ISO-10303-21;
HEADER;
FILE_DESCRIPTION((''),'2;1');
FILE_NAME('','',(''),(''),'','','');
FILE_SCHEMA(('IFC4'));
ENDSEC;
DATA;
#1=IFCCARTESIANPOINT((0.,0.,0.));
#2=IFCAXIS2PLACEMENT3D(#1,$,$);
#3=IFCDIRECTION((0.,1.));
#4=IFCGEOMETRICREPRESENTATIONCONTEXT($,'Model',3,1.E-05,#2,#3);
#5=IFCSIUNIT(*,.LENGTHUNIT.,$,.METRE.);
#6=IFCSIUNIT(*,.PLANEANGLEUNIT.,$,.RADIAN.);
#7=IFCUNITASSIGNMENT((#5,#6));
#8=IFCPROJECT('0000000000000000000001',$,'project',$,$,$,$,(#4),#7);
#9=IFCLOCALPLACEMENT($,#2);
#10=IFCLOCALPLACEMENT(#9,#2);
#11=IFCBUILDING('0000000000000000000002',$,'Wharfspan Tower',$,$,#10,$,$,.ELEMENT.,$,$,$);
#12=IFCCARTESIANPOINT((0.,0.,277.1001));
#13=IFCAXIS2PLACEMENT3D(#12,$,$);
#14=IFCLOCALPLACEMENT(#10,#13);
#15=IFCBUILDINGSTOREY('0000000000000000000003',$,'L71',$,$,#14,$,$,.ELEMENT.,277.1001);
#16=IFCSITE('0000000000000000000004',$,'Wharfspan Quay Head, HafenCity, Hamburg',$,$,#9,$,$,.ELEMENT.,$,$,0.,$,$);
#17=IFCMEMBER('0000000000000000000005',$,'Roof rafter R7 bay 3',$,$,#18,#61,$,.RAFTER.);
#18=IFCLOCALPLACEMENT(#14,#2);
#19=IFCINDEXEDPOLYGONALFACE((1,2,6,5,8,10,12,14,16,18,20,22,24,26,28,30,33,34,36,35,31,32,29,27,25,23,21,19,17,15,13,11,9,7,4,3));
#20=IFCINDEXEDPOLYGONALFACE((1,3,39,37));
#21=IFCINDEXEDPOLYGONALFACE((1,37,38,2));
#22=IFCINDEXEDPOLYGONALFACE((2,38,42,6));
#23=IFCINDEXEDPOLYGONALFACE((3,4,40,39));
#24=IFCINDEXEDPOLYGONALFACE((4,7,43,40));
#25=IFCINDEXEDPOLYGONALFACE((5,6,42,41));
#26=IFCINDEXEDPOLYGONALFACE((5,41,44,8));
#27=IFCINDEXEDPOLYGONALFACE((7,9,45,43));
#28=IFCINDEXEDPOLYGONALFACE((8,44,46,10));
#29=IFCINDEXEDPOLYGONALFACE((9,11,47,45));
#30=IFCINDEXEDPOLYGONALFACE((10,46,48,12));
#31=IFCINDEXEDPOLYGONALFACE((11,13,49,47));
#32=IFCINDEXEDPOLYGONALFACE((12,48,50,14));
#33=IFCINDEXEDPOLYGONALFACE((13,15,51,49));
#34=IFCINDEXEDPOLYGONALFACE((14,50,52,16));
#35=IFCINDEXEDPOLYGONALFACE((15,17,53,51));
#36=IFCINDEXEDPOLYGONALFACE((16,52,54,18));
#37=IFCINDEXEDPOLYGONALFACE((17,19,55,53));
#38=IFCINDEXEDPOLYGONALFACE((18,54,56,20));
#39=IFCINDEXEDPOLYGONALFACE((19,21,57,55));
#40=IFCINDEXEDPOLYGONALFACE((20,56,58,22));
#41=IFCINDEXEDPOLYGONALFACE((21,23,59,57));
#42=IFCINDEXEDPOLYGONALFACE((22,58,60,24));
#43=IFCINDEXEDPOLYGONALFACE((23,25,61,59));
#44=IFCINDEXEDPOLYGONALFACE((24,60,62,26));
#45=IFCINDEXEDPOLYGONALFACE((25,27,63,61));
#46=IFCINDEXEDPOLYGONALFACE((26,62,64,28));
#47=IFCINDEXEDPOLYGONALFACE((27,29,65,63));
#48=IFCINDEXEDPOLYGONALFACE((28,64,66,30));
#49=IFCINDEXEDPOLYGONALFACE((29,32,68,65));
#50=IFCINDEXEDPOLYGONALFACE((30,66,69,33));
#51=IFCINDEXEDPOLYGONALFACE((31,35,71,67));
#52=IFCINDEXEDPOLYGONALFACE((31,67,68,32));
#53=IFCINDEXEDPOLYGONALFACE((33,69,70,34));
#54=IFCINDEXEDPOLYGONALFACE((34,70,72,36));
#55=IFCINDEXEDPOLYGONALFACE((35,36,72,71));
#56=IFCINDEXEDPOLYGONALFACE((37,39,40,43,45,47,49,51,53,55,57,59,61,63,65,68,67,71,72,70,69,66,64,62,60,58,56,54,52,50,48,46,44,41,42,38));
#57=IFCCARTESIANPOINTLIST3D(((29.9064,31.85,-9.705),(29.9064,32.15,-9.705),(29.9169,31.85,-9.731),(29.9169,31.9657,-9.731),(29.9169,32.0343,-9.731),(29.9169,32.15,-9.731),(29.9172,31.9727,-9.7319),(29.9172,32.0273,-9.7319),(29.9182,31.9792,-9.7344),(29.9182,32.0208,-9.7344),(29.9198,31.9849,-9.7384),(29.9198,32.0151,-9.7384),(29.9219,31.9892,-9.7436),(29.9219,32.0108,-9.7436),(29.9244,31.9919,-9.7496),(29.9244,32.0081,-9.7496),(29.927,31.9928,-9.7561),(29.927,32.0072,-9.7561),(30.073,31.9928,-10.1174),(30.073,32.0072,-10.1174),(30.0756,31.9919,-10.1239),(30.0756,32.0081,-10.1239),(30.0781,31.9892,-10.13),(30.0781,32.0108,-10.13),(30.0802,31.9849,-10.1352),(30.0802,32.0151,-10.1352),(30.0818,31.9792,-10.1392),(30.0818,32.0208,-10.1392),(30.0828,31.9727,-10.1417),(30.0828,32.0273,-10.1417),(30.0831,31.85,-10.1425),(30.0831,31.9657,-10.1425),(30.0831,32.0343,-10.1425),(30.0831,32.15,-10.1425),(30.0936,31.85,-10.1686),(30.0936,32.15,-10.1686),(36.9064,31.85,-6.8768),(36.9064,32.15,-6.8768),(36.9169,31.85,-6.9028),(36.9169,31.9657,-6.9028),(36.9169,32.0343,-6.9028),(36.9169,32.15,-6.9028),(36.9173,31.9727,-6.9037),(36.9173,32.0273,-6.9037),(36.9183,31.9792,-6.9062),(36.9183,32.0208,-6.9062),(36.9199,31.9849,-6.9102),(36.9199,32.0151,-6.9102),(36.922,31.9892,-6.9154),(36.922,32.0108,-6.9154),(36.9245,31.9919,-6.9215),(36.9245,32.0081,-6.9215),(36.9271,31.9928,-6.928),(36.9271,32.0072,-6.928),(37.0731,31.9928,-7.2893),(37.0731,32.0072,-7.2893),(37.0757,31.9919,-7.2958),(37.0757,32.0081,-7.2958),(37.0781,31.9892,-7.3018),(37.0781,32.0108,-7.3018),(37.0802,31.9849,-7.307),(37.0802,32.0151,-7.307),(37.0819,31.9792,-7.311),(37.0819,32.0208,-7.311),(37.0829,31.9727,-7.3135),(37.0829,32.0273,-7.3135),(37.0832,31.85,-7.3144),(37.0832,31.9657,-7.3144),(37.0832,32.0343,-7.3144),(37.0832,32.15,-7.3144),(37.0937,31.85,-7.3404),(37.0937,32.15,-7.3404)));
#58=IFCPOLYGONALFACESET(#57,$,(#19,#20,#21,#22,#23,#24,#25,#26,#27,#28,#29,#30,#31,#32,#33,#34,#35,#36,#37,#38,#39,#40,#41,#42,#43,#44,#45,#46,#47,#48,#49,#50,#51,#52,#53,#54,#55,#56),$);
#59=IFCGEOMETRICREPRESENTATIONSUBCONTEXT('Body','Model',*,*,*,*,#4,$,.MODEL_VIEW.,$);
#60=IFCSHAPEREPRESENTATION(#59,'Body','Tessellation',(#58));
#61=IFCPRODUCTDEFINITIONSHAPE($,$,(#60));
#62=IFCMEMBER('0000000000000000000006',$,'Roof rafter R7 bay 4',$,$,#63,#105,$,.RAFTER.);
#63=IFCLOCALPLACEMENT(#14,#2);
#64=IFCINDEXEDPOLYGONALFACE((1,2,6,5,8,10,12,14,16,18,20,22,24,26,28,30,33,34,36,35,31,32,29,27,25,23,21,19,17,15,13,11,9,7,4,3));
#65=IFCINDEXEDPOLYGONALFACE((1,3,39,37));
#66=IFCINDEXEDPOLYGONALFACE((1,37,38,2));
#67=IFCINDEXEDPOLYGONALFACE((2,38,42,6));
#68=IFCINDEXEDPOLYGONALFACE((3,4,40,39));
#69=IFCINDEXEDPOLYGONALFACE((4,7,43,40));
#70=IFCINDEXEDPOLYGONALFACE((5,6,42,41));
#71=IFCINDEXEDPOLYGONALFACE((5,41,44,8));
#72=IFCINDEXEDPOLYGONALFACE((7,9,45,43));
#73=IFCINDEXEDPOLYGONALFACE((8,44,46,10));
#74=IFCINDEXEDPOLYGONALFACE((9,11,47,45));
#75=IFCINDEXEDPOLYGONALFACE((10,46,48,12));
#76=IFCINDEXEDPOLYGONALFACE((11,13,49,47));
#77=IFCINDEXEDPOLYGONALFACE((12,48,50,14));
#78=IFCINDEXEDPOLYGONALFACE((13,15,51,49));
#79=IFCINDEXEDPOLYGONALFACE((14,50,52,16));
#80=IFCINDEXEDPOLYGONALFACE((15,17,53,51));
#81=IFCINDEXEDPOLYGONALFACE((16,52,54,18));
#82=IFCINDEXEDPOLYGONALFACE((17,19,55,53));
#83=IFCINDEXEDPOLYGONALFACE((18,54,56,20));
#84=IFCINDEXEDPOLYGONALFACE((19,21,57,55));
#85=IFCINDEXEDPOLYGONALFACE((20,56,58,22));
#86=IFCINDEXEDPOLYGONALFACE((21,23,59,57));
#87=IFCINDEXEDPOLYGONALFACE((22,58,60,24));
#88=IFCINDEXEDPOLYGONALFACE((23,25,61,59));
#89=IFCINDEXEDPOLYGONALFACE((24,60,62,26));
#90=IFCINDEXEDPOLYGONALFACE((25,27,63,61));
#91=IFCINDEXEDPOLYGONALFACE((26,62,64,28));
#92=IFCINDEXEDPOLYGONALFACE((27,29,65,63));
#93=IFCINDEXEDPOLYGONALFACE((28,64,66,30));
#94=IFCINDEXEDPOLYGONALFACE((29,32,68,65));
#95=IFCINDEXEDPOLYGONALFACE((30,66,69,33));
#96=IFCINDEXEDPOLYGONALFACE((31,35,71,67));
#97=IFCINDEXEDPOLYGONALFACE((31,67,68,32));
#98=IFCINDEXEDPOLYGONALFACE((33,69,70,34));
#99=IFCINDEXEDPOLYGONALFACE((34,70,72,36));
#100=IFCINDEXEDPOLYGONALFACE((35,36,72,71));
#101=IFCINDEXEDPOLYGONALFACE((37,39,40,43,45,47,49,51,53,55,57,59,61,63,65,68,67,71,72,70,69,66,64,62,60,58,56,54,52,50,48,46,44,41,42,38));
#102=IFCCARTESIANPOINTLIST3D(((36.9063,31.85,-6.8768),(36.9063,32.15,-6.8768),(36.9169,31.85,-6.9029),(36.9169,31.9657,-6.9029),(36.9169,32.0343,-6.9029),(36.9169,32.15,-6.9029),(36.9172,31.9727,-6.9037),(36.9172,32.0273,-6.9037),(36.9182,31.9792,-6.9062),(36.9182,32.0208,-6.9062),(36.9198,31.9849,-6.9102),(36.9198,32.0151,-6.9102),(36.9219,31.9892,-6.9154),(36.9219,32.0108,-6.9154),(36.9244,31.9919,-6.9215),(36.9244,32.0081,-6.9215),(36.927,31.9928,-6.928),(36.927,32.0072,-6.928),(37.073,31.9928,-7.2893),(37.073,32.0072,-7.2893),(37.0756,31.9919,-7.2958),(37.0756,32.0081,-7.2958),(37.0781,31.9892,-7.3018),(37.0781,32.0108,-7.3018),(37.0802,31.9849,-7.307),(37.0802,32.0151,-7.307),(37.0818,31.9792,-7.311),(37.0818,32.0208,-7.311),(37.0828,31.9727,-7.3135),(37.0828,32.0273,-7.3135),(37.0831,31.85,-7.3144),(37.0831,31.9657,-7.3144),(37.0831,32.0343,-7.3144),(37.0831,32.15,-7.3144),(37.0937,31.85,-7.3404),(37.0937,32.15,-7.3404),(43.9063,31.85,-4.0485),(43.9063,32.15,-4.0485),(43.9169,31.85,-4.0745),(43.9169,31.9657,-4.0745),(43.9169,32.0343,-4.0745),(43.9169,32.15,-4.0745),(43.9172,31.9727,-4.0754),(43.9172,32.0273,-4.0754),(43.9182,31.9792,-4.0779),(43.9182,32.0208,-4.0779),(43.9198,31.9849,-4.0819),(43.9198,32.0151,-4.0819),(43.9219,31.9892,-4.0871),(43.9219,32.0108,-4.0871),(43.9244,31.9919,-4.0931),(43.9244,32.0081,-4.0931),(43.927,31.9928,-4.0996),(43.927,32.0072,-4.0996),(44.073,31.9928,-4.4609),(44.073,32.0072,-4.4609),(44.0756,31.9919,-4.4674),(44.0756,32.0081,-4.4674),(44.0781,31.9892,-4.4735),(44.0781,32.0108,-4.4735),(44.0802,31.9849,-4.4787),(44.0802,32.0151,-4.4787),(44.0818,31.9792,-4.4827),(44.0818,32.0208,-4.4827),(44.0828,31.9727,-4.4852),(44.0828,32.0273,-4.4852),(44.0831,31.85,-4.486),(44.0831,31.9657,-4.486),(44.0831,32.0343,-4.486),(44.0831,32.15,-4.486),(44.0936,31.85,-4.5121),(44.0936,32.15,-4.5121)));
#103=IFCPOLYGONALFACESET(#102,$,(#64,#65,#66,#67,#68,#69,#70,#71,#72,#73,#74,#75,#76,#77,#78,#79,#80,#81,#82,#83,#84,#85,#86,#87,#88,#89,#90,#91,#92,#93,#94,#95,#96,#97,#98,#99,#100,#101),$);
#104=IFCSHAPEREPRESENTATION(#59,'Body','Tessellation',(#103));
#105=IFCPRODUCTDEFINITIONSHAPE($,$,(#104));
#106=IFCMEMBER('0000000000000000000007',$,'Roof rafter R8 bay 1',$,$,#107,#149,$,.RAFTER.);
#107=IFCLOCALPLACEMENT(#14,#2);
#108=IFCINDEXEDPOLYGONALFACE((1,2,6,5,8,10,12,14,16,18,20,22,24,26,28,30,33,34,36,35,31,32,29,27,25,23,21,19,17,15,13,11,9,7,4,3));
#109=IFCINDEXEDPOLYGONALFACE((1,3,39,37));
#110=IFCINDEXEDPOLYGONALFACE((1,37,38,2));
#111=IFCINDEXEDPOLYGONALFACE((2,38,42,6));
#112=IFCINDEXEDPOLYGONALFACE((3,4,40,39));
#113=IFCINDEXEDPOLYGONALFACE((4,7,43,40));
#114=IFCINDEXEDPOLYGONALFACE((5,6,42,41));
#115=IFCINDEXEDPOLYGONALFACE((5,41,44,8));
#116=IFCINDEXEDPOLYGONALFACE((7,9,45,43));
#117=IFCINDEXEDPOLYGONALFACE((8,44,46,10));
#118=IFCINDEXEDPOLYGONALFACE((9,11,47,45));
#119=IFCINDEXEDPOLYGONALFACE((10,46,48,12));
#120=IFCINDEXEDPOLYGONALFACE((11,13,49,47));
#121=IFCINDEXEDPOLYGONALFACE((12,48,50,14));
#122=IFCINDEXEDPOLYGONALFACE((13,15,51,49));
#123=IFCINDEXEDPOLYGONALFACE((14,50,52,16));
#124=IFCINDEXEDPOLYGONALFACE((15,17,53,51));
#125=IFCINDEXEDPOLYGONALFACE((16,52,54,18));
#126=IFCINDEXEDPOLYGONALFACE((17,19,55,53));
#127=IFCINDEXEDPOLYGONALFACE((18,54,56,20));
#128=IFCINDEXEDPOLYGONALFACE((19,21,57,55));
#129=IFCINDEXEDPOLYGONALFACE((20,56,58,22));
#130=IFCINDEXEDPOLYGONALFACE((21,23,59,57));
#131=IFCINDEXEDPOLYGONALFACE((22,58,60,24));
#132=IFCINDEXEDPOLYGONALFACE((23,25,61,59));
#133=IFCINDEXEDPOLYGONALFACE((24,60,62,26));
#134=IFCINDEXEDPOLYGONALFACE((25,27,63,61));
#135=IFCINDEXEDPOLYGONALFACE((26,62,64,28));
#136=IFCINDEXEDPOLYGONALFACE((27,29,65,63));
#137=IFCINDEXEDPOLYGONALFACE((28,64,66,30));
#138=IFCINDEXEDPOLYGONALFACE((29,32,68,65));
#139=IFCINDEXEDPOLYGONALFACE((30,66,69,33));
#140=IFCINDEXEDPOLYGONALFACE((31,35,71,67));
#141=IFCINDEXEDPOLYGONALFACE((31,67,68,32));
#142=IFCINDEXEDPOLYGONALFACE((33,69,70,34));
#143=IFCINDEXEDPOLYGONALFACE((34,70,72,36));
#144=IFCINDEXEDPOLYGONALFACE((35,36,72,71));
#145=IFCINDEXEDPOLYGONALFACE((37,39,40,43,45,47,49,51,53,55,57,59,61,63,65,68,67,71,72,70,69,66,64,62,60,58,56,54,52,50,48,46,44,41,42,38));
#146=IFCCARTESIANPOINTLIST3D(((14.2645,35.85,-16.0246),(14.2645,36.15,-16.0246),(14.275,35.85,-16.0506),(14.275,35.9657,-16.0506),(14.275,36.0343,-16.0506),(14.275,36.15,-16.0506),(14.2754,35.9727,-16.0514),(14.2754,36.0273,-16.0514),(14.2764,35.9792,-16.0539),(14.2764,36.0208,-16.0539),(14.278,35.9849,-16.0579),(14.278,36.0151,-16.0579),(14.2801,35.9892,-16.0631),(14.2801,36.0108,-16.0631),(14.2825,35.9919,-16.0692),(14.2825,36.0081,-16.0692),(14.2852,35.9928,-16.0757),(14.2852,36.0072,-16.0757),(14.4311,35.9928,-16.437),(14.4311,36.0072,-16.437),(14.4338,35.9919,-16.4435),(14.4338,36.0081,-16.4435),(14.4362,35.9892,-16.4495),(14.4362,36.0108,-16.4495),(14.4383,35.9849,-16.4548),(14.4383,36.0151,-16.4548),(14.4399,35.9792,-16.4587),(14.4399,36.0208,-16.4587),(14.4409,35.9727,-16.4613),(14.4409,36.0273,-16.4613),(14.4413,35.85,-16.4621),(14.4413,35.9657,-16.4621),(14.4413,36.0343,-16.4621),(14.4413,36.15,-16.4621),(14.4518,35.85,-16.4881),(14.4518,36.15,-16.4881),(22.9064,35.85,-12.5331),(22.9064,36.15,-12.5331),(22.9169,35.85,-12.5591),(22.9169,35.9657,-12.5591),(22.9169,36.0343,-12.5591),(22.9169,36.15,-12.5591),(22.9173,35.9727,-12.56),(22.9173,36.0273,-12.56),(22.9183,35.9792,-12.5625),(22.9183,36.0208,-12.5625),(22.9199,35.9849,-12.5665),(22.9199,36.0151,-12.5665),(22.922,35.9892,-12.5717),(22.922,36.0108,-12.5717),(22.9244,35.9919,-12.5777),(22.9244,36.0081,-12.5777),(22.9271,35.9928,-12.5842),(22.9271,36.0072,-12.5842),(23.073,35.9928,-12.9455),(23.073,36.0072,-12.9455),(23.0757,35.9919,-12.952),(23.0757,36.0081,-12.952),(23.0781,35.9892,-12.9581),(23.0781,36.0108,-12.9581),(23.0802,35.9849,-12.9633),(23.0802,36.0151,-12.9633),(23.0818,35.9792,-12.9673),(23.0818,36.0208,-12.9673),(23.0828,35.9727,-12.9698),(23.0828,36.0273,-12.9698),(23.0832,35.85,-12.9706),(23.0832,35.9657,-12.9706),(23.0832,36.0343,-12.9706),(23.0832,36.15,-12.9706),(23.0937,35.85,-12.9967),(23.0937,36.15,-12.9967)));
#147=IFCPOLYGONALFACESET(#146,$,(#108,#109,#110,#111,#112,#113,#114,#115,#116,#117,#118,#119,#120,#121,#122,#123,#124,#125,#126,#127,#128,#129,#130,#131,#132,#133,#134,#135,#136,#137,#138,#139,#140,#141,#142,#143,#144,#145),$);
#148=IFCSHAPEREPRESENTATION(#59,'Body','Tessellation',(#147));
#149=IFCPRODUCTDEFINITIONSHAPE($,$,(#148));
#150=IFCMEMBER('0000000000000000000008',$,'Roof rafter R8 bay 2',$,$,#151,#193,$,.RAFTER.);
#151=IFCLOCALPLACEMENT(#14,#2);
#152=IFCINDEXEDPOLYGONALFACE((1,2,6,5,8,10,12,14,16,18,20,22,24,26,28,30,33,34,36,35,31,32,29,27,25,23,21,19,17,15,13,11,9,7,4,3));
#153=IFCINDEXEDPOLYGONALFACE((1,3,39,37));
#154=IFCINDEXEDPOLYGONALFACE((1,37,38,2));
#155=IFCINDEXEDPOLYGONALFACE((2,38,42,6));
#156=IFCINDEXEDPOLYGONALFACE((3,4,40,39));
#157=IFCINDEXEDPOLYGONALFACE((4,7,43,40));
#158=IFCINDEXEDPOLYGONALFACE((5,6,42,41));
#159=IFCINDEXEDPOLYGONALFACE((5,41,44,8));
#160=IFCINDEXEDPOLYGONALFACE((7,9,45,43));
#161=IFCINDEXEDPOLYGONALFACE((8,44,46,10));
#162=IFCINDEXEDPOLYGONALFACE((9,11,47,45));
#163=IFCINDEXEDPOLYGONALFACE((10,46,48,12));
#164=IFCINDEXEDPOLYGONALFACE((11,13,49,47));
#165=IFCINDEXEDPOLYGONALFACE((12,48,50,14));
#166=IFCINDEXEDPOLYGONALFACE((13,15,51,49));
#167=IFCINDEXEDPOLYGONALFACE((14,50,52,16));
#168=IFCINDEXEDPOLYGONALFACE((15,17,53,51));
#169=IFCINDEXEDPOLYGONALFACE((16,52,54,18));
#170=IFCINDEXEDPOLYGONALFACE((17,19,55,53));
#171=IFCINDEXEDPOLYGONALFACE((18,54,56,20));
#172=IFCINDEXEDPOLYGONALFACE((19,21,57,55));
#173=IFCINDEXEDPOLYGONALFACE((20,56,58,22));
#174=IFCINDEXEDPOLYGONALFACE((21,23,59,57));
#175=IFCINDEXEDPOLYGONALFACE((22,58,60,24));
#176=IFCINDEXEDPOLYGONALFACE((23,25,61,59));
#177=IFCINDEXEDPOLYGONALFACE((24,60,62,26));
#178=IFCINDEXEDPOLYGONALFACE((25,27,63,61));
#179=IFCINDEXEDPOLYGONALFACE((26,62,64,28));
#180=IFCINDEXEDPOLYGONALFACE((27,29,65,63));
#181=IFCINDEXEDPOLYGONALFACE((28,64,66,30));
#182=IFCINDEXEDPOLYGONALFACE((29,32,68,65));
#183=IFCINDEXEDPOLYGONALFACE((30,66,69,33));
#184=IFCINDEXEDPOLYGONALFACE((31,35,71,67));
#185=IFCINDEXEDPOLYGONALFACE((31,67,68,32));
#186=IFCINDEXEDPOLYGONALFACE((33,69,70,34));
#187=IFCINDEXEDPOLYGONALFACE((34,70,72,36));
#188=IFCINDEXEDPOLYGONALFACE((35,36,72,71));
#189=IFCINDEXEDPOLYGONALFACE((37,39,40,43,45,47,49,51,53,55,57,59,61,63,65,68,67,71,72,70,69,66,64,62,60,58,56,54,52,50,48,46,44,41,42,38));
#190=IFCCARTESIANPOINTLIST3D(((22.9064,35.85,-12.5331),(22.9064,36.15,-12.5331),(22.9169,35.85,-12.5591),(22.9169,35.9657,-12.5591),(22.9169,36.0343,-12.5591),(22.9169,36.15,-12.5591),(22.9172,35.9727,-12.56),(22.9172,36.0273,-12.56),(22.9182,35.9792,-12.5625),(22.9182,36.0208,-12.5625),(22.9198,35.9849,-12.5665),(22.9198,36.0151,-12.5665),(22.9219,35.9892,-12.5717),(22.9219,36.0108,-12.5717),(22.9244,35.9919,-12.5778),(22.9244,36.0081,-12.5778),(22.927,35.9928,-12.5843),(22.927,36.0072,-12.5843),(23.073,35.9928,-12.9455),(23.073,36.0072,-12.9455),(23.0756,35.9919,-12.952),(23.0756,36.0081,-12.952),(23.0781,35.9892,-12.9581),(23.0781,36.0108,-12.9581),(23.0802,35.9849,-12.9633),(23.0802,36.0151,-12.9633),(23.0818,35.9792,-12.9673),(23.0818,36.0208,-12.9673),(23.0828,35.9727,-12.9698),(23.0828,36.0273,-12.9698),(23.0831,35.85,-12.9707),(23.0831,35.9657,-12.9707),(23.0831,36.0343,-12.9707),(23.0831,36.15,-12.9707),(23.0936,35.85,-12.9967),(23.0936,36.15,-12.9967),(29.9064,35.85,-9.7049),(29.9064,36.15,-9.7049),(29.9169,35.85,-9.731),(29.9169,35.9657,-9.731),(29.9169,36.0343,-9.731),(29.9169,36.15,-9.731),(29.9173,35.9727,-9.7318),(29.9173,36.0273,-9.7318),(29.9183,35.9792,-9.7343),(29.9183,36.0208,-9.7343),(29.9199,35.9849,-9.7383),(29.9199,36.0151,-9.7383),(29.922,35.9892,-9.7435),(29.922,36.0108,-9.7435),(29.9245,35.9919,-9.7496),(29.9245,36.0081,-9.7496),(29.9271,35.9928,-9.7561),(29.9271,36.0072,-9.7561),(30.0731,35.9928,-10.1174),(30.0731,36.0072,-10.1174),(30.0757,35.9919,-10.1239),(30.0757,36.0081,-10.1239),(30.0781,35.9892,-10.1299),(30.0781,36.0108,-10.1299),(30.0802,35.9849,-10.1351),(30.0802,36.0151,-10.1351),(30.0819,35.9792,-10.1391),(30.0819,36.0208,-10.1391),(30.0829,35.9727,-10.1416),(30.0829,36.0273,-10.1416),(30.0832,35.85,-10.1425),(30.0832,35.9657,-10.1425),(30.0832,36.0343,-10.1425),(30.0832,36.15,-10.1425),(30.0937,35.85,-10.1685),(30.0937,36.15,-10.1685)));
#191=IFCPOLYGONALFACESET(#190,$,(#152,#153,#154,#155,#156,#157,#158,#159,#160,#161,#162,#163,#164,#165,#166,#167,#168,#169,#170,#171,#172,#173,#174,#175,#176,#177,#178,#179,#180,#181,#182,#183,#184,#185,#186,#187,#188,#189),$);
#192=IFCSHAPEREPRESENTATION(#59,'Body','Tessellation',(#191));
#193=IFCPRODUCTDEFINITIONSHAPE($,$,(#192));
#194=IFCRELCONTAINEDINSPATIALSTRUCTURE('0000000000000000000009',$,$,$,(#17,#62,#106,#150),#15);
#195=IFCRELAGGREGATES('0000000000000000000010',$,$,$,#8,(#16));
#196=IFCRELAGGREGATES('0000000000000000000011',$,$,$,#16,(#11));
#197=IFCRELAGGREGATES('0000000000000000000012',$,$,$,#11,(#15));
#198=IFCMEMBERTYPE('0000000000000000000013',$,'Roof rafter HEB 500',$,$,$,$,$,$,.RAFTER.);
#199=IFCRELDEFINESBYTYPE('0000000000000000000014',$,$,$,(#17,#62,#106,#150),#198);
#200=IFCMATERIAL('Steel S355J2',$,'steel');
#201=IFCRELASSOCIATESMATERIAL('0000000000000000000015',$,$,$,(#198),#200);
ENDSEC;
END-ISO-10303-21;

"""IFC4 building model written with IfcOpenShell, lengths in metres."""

from ifc_helpers import new_model, si_unit, direction, frame, origin, origin_2d, place, context, subcontext, project, spatial, i_section, extrude, material, material_profile, profile_set, type_object, element, save


model = new_model("IFC4")

# Units and contexts
model_context = context("Model", 3, precision=1e-05, world=origin(), true_north=direction((0.0, 1.0)))
body_context = subcontext(model_context, "Body", "Model", "MODEL_VIEW")
ifc_project = project(units=[si_unit("LENGTHUNIT", "METRE"), si_unit("PLANEANGLEUNIT", "RADIAN")], contexts=[model_context])

# Site, building, storey
site_placement = place(None, origin())
site = spatial("IfcSite", under=ifc_project, at=site_placement, Name="Wharfspan Quay Head, HafenCity, Hamburg", CompositionType="ELEMENT", RefElevation=0.0)
building_placement = place(site_placement, origin())
building = spatial("IfcBuilding", under=site, at=building_placement, Name="Wharfspan Tower", CompositionType="ELEMENT")
storey_placement = place(building_placement, frame((0.0, 0.0, 277.1001)))
storey = spatial("IfcBuildingStorey", under=building, at=storey_placement, Name="L71", CompositionType="ELEMENT", Elevation=277.1001)

# Members
ifc_material = material(Name="Steel S355J2", Category="steel")
ifc_material_profile = material_profile(ifc_material, i_section(OverallWidth=0.3, OverallDepth=0.5, WebThickness=0.0144, FlangeThickness=0.0281, FilletRadius=0.0271, at=origin_2d()))
ifc_profile_set = profile_set([ifc_material_profile], Name="Steel S355J2")
member_type = type_object("IfcMemberType", Name="Roof rafter HEB 500", PredefinedType="RAFTER", material=ifc_profile_set)
for number, where, z_axis, x_axis, name in (
    (1, (30.0, 32.0, -9.9368), (0.927187, 0.0, 0.3746), (0.0, 1.0, 0.0), "Roof rafter R7 bay 3"),
    (2, (37.0, 32.0, -7.1086), (0.927175, 0.0, 0.374628), (0.0, 1.0, 0.0), "Roof rafter R7 bay 4"),
):
    element("IfcMember", number, at=place(storey_placement, frame(where, z_axis=z_axis, x_axis=x_axis)), inside=storey, type_object=member_type, Name=name, PredefinedType="RAFTER", context=body_context, shape_type="SweptSolid", body=[
        extrude(i_section(OverallWidth=0.3, OverallDepth=0.5, WebThickness=0.0144, FlangeThickness=0.0281, FilletRadius=0.0271, at=origin_2d()), origin(), (0.0, 0.0, 1.0), 7.5498),
    ])
member_1_placement = place(storey_placement, frame((14.3582, 36.0, -16.2563), z_axis=(0.927187, 0.0, 0.374599), x_axis=(0.0, 1.0, 0.0)))
element("IfcMember", 3, at=member_1_placement, inside=storey, type_object=member_type, Name="Roof rafter R8 bay 1", PredefinedType="RAFTER", context=body_context, shape_type="SweptSolid", body=[
    extrude(i_section(OverallWidth=0.3, OverallDepth=0.5, WebThickness=0.0144, FlangeThickness=0.0281, FilletRadius=0.0271, at=origin_2d()), origin(), (0.0, 0.0, 1.0), 9.3206),
])
for number, where, z_axis, x_axis, name in (
    (4, (23.0, 36.0, -12.7649), (0.927187, 0.0, 0.3746), (0.0, 1.0, 0.0), "Roof rafter R8 bay 2"),
):
    element("IfcMember", number, at=place(storey_placement, frame(where, z_axis=z_axis, x_axis=x_axis)), inside=storey, type_object=member_type, Name=name, PredefinedType="RAFTER", context=body_context, shape_type="SweptSolid", body=[
        extrude(i_section(OverallWidth=0.3, OverallDepth=0.5, WebThickness=0.0144, FlangeThickness=0.0281, FilletRadius=0.0271, at=origin_2d()), origin(), (0.0, 0.0, 1.0), 7.5498),
    ])

save(model, "model.ifc")
